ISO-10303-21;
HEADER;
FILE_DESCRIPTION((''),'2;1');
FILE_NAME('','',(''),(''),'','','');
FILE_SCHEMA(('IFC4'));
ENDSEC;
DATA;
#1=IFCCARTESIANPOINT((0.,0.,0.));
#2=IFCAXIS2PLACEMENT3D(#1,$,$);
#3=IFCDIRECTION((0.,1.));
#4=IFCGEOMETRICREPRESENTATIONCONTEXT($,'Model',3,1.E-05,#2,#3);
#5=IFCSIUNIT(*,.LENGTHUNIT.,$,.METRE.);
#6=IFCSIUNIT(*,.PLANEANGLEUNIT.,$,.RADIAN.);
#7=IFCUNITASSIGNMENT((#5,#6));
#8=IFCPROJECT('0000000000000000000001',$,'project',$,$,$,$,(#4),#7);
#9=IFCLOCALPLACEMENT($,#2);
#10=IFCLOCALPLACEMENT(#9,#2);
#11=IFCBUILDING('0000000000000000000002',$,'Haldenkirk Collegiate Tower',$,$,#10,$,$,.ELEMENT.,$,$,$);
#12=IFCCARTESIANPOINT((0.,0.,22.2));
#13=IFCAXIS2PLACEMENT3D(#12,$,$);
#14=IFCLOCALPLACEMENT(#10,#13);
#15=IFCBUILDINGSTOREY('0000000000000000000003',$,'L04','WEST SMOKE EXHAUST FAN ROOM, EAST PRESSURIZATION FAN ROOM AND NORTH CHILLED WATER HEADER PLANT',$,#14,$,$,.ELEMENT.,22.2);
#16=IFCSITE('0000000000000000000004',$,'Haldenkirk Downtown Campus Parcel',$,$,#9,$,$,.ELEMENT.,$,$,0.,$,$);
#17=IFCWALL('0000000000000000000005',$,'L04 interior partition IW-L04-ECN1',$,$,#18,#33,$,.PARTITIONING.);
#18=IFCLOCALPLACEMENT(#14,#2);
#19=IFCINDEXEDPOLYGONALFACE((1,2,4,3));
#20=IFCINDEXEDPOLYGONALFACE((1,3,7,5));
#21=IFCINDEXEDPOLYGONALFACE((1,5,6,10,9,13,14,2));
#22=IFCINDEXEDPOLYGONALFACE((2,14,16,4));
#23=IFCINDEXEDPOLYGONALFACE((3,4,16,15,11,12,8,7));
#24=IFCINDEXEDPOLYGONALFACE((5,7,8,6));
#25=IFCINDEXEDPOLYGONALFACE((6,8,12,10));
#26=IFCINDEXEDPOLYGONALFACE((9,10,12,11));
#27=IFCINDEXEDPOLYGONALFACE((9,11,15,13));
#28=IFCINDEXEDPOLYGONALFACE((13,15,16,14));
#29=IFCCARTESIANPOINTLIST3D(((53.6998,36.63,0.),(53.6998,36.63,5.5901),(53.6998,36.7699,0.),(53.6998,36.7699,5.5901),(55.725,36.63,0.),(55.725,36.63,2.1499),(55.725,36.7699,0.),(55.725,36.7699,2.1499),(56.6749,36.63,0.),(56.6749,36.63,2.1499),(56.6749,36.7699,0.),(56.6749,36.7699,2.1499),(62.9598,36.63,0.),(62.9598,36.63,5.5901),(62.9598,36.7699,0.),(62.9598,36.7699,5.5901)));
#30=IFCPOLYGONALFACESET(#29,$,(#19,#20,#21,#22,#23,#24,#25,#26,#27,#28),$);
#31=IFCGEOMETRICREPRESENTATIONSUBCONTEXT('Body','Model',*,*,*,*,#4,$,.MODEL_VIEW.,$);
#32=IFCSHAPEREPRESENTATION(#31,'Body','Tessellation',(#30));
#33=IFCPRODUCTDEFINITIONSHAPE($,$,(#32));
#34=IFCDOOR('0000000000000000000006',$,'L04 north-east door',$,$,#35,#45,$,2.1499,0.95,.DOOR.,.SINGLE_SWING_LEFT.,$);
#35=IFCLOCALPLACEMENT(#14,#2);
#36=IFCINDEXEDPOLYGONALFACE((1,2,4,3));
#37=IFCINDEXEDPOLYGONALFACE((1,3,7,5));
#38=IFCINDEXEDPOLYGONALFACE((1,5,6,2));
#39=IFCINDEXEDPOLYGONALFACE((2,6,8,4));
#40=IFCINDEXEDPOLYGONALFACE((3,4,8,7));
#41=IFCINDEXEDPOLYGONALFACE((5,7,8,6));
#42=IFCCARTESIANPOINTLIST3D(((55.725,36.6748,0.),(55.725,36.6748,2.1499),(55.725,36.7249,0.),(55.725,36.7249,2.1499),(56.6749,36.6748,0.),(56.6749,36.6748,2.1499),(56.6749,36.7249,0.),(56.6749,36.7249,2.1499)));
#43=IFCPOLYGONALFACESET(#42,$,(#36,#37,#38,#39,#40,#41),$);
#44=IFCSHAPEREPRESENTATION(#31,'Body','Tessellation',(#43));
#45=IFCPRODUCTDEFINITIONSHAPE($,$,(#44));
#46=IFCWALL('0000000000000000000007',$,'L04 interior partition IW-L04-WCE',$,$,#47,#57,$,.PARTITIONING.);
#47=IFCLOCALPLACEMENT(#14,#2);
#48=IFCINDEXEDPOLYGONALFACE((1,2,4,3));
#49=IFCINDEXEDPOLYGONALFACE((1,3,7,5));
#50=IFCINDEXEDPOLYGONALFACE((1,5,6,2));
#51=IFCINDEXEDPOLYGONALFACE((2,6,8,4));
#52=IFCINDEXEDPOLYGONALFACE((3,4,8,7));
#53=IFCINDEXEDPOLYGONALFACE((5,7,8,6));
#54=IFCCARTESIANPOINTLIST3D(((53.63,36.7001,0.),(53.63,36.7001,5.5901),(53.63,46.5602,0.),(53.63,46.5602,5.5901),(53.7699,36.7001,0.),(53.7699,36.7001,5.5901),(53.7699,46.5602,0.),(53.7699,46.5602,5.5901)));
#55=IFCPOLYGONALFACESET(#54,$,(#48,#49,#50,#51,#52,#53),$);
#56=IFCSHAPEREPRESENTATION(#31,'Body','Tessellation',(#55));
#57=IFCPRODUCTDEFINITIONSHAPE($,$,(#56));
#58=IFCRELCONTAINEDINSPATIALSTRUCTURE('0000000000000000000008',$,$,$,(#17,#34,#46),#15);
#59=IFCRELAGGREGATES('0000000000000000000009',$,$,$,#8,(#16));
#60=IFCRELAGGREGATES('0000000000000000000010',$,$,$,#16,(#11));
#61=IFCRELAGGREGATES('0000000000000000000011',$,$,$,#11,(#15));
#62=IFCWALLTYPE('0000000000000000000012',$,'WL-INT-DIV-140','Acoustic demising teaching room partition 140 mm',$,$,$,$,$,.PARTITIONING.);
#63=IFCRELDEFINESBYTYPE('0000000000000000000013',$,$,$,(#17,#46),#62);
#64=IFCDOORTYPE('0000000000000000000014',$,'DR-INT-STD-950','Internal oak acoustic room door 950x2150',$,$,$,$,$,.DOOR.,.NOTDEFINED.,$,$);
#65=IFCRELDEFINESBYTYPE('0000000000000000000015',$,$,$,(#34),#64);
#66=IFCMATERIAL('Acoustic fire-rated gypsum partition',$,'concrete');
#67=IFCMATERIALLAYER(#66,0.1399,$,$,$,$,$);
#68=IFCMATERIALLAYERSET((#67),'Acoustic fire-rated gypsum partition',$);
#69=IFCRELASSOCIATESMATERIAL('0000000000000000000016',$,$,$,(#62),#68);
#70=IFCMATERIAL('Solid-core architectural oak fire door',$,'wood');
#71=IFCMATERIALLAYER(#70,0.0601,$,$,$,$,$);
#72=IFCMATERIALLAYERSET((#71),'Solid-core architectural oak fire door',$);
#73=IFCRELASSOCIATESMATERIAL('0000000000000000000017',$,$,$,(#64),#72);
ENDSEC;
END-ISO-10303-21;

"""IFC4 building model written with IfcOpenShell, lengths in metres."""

from ifc_helpers import new_model, si_unit, direction, frame, frame_2d, origin, place, context, subcontext, project, spatial, rectangle, extrude, material, layer, layer_set, type_object, element, fill, save


model = new_model("IFC4")

# Units and contexts
model_context = context("Model", 3, precision=1e-05, world=origin(), true_north=direction((0.0, 1.0)))
body_context = subcontext(model_context, "Body", "Model", "MODEL_VIEW")
ifc_project = project(units=[si_unit("LENGTHUNIT", "METRE"), si_unit("PLANEANGLEUNIT", "RADIAN")], contexts=[model_context])

# Site, building, storey
site_placement = place(None, origin())
site = spatial("IfcSite", under=ifc_project, at=site_placement, Name="Haldenkirk Downtown Campus Parcel", CompositionType="ELEMENT", RefElevation=0.0)
building_placement = place(site_placement, origin())
building = spatial("IfcBuilding", under=site, at=building_placement, Name="Haldenkirk Collegiate Tower", CompositionType="ELEMENT")
storey_placement = place(building_placement, frame((0.0, 0.0, 22.2)))
storey = spatial("IfcBuildingStorey", under=building, at=storey_placement, Name="L04", Description="WEST SMOKE EXHAUST FAN ROOM, EAST PRESSURIZATION FAN ROOM AND NORTH CHILLED WATER HEADER PLANT", CompositionType="ELEMENT", Elevation=22.2)

# Shared definitions
ifc_material_1 = material(Name="Acoustic fire-rated gypsum partition", Category="concrete")

# Wall, opening, door
ifc_layer_1 = layer(ifc_material_1, 0.1399)
ifc_layer_set_1 = layer_set([ifc_layer_1], Name="Acoustic fire-rated gypsum partition")
wall_type_1 = type_object("IfcWallType", Name="WL-INT-DIV-140", Description="Acoustic demising teaching room partition 140 mm", PredefinedType="PARTITIONING", material=ifc_layer_set_1)
wall_1_placement = place(storey_placement, frame((53.7, 36.7, 0.0), z_axis=(0.0, 0.0, 1.0), x_axis=(1.0, 0.0, 0.0)))
wall_1 = element("IfcWall", 1, at=wall_1_placement, inside=storey, type_object=wall_type_1, Name="L04 interior partition IW-L04-ECN1", PredefinedType="PARTITIONING", context=body_context, shape_type="SweptSolid", body=[
    extrude(rectangle(XDim=9.26, YDim=0.1399, at=frame_2d((4.6299, 0.0))), origin(), (0.0, 0.0, 1.0), 5.5901),
])
opening_placement = place(wall_1_placement, frame((2.0249, 0.0, 0.0)))
opening = element("IfcOpeningElement", 2, at=opening_placement, cuts=wall_1, PredefinedType="OPENING", context=body_context, shape_type="SweptSolid", body=[
    extrude(rectangle(XDim=0.95, YDim=2.1499, at=frame_2d((0.4751, 1.075))), frame((0.0, 0.0798, 0.0), z_axis=(0.0, -1.0, 0.0), x_axis=(1.0, 0.0, 0.0)), (0.0, 0.0, 1.0), 0.1599),
])
ifc_material_2 = material(Name="Solid-core architectural oak fire door", Category="wood")
ifc_layer_2 = layer(ifc_material_2, 0.0601)
ifc_layer_set_2 = layer_set([ifc_layer_2], Name="Solid-core architectural oak fire door")
door_type = type_object("IfcDoorType", Name="DR-INT-STD-950", Description="Internal oak acoustic room door 950x2150", OperationType="NOTDEFINED", PredefinedType="DOOR", material=ifc_layer_set_2)
door_placement = place(opening_placement, origin())
door = element("IfcDoor", 3, at=door_placement, inside=storey, type_object=door_type, Name="L04 north-east door", OperationType="SINGLE_SWING_LEFT", OverallHeight=2.1499, OverallWidth=0.95, PredefinedType="DOOR", context=body_context, shape_type="SweptSolid", body=[
    extrude(rectangle(XDim=0.95, YDim=2.1499, at=frame_2d((0.4751, 1.075))), frame((0.0, 0.0249, 0.0), z_axis=(0.0, -1.0, 0.0), x_axis=(1.0, 0.0, 0.0)), (0.0, 0.0, 1.0), 0.05),
])
fill(opening, door)

# Wall
wall_2_placement = place(storey_placement, frame((53.7, 36.7, 0.0), z_axis=(0.0, 0.0, 1.0), x_axis=(0.0, 1.0, 0.0)))
element("IfcWall", 4, at=wall_2_placement, inside=storey, type_object=wall_type_1, Name="L04 interior partition IW-L04-WCE", PredefinedType="PARTITIONING", context=body_context, shape_type="SweptSolid", body=[
    extrude(rectangle(XDim=9.8601, YDim=0.1399, at=frame_2d((4.9302, 0.0))), origin(), (0.0, 0.0, 1.0), 5.5901),
])

save(model, "model.ifc")
